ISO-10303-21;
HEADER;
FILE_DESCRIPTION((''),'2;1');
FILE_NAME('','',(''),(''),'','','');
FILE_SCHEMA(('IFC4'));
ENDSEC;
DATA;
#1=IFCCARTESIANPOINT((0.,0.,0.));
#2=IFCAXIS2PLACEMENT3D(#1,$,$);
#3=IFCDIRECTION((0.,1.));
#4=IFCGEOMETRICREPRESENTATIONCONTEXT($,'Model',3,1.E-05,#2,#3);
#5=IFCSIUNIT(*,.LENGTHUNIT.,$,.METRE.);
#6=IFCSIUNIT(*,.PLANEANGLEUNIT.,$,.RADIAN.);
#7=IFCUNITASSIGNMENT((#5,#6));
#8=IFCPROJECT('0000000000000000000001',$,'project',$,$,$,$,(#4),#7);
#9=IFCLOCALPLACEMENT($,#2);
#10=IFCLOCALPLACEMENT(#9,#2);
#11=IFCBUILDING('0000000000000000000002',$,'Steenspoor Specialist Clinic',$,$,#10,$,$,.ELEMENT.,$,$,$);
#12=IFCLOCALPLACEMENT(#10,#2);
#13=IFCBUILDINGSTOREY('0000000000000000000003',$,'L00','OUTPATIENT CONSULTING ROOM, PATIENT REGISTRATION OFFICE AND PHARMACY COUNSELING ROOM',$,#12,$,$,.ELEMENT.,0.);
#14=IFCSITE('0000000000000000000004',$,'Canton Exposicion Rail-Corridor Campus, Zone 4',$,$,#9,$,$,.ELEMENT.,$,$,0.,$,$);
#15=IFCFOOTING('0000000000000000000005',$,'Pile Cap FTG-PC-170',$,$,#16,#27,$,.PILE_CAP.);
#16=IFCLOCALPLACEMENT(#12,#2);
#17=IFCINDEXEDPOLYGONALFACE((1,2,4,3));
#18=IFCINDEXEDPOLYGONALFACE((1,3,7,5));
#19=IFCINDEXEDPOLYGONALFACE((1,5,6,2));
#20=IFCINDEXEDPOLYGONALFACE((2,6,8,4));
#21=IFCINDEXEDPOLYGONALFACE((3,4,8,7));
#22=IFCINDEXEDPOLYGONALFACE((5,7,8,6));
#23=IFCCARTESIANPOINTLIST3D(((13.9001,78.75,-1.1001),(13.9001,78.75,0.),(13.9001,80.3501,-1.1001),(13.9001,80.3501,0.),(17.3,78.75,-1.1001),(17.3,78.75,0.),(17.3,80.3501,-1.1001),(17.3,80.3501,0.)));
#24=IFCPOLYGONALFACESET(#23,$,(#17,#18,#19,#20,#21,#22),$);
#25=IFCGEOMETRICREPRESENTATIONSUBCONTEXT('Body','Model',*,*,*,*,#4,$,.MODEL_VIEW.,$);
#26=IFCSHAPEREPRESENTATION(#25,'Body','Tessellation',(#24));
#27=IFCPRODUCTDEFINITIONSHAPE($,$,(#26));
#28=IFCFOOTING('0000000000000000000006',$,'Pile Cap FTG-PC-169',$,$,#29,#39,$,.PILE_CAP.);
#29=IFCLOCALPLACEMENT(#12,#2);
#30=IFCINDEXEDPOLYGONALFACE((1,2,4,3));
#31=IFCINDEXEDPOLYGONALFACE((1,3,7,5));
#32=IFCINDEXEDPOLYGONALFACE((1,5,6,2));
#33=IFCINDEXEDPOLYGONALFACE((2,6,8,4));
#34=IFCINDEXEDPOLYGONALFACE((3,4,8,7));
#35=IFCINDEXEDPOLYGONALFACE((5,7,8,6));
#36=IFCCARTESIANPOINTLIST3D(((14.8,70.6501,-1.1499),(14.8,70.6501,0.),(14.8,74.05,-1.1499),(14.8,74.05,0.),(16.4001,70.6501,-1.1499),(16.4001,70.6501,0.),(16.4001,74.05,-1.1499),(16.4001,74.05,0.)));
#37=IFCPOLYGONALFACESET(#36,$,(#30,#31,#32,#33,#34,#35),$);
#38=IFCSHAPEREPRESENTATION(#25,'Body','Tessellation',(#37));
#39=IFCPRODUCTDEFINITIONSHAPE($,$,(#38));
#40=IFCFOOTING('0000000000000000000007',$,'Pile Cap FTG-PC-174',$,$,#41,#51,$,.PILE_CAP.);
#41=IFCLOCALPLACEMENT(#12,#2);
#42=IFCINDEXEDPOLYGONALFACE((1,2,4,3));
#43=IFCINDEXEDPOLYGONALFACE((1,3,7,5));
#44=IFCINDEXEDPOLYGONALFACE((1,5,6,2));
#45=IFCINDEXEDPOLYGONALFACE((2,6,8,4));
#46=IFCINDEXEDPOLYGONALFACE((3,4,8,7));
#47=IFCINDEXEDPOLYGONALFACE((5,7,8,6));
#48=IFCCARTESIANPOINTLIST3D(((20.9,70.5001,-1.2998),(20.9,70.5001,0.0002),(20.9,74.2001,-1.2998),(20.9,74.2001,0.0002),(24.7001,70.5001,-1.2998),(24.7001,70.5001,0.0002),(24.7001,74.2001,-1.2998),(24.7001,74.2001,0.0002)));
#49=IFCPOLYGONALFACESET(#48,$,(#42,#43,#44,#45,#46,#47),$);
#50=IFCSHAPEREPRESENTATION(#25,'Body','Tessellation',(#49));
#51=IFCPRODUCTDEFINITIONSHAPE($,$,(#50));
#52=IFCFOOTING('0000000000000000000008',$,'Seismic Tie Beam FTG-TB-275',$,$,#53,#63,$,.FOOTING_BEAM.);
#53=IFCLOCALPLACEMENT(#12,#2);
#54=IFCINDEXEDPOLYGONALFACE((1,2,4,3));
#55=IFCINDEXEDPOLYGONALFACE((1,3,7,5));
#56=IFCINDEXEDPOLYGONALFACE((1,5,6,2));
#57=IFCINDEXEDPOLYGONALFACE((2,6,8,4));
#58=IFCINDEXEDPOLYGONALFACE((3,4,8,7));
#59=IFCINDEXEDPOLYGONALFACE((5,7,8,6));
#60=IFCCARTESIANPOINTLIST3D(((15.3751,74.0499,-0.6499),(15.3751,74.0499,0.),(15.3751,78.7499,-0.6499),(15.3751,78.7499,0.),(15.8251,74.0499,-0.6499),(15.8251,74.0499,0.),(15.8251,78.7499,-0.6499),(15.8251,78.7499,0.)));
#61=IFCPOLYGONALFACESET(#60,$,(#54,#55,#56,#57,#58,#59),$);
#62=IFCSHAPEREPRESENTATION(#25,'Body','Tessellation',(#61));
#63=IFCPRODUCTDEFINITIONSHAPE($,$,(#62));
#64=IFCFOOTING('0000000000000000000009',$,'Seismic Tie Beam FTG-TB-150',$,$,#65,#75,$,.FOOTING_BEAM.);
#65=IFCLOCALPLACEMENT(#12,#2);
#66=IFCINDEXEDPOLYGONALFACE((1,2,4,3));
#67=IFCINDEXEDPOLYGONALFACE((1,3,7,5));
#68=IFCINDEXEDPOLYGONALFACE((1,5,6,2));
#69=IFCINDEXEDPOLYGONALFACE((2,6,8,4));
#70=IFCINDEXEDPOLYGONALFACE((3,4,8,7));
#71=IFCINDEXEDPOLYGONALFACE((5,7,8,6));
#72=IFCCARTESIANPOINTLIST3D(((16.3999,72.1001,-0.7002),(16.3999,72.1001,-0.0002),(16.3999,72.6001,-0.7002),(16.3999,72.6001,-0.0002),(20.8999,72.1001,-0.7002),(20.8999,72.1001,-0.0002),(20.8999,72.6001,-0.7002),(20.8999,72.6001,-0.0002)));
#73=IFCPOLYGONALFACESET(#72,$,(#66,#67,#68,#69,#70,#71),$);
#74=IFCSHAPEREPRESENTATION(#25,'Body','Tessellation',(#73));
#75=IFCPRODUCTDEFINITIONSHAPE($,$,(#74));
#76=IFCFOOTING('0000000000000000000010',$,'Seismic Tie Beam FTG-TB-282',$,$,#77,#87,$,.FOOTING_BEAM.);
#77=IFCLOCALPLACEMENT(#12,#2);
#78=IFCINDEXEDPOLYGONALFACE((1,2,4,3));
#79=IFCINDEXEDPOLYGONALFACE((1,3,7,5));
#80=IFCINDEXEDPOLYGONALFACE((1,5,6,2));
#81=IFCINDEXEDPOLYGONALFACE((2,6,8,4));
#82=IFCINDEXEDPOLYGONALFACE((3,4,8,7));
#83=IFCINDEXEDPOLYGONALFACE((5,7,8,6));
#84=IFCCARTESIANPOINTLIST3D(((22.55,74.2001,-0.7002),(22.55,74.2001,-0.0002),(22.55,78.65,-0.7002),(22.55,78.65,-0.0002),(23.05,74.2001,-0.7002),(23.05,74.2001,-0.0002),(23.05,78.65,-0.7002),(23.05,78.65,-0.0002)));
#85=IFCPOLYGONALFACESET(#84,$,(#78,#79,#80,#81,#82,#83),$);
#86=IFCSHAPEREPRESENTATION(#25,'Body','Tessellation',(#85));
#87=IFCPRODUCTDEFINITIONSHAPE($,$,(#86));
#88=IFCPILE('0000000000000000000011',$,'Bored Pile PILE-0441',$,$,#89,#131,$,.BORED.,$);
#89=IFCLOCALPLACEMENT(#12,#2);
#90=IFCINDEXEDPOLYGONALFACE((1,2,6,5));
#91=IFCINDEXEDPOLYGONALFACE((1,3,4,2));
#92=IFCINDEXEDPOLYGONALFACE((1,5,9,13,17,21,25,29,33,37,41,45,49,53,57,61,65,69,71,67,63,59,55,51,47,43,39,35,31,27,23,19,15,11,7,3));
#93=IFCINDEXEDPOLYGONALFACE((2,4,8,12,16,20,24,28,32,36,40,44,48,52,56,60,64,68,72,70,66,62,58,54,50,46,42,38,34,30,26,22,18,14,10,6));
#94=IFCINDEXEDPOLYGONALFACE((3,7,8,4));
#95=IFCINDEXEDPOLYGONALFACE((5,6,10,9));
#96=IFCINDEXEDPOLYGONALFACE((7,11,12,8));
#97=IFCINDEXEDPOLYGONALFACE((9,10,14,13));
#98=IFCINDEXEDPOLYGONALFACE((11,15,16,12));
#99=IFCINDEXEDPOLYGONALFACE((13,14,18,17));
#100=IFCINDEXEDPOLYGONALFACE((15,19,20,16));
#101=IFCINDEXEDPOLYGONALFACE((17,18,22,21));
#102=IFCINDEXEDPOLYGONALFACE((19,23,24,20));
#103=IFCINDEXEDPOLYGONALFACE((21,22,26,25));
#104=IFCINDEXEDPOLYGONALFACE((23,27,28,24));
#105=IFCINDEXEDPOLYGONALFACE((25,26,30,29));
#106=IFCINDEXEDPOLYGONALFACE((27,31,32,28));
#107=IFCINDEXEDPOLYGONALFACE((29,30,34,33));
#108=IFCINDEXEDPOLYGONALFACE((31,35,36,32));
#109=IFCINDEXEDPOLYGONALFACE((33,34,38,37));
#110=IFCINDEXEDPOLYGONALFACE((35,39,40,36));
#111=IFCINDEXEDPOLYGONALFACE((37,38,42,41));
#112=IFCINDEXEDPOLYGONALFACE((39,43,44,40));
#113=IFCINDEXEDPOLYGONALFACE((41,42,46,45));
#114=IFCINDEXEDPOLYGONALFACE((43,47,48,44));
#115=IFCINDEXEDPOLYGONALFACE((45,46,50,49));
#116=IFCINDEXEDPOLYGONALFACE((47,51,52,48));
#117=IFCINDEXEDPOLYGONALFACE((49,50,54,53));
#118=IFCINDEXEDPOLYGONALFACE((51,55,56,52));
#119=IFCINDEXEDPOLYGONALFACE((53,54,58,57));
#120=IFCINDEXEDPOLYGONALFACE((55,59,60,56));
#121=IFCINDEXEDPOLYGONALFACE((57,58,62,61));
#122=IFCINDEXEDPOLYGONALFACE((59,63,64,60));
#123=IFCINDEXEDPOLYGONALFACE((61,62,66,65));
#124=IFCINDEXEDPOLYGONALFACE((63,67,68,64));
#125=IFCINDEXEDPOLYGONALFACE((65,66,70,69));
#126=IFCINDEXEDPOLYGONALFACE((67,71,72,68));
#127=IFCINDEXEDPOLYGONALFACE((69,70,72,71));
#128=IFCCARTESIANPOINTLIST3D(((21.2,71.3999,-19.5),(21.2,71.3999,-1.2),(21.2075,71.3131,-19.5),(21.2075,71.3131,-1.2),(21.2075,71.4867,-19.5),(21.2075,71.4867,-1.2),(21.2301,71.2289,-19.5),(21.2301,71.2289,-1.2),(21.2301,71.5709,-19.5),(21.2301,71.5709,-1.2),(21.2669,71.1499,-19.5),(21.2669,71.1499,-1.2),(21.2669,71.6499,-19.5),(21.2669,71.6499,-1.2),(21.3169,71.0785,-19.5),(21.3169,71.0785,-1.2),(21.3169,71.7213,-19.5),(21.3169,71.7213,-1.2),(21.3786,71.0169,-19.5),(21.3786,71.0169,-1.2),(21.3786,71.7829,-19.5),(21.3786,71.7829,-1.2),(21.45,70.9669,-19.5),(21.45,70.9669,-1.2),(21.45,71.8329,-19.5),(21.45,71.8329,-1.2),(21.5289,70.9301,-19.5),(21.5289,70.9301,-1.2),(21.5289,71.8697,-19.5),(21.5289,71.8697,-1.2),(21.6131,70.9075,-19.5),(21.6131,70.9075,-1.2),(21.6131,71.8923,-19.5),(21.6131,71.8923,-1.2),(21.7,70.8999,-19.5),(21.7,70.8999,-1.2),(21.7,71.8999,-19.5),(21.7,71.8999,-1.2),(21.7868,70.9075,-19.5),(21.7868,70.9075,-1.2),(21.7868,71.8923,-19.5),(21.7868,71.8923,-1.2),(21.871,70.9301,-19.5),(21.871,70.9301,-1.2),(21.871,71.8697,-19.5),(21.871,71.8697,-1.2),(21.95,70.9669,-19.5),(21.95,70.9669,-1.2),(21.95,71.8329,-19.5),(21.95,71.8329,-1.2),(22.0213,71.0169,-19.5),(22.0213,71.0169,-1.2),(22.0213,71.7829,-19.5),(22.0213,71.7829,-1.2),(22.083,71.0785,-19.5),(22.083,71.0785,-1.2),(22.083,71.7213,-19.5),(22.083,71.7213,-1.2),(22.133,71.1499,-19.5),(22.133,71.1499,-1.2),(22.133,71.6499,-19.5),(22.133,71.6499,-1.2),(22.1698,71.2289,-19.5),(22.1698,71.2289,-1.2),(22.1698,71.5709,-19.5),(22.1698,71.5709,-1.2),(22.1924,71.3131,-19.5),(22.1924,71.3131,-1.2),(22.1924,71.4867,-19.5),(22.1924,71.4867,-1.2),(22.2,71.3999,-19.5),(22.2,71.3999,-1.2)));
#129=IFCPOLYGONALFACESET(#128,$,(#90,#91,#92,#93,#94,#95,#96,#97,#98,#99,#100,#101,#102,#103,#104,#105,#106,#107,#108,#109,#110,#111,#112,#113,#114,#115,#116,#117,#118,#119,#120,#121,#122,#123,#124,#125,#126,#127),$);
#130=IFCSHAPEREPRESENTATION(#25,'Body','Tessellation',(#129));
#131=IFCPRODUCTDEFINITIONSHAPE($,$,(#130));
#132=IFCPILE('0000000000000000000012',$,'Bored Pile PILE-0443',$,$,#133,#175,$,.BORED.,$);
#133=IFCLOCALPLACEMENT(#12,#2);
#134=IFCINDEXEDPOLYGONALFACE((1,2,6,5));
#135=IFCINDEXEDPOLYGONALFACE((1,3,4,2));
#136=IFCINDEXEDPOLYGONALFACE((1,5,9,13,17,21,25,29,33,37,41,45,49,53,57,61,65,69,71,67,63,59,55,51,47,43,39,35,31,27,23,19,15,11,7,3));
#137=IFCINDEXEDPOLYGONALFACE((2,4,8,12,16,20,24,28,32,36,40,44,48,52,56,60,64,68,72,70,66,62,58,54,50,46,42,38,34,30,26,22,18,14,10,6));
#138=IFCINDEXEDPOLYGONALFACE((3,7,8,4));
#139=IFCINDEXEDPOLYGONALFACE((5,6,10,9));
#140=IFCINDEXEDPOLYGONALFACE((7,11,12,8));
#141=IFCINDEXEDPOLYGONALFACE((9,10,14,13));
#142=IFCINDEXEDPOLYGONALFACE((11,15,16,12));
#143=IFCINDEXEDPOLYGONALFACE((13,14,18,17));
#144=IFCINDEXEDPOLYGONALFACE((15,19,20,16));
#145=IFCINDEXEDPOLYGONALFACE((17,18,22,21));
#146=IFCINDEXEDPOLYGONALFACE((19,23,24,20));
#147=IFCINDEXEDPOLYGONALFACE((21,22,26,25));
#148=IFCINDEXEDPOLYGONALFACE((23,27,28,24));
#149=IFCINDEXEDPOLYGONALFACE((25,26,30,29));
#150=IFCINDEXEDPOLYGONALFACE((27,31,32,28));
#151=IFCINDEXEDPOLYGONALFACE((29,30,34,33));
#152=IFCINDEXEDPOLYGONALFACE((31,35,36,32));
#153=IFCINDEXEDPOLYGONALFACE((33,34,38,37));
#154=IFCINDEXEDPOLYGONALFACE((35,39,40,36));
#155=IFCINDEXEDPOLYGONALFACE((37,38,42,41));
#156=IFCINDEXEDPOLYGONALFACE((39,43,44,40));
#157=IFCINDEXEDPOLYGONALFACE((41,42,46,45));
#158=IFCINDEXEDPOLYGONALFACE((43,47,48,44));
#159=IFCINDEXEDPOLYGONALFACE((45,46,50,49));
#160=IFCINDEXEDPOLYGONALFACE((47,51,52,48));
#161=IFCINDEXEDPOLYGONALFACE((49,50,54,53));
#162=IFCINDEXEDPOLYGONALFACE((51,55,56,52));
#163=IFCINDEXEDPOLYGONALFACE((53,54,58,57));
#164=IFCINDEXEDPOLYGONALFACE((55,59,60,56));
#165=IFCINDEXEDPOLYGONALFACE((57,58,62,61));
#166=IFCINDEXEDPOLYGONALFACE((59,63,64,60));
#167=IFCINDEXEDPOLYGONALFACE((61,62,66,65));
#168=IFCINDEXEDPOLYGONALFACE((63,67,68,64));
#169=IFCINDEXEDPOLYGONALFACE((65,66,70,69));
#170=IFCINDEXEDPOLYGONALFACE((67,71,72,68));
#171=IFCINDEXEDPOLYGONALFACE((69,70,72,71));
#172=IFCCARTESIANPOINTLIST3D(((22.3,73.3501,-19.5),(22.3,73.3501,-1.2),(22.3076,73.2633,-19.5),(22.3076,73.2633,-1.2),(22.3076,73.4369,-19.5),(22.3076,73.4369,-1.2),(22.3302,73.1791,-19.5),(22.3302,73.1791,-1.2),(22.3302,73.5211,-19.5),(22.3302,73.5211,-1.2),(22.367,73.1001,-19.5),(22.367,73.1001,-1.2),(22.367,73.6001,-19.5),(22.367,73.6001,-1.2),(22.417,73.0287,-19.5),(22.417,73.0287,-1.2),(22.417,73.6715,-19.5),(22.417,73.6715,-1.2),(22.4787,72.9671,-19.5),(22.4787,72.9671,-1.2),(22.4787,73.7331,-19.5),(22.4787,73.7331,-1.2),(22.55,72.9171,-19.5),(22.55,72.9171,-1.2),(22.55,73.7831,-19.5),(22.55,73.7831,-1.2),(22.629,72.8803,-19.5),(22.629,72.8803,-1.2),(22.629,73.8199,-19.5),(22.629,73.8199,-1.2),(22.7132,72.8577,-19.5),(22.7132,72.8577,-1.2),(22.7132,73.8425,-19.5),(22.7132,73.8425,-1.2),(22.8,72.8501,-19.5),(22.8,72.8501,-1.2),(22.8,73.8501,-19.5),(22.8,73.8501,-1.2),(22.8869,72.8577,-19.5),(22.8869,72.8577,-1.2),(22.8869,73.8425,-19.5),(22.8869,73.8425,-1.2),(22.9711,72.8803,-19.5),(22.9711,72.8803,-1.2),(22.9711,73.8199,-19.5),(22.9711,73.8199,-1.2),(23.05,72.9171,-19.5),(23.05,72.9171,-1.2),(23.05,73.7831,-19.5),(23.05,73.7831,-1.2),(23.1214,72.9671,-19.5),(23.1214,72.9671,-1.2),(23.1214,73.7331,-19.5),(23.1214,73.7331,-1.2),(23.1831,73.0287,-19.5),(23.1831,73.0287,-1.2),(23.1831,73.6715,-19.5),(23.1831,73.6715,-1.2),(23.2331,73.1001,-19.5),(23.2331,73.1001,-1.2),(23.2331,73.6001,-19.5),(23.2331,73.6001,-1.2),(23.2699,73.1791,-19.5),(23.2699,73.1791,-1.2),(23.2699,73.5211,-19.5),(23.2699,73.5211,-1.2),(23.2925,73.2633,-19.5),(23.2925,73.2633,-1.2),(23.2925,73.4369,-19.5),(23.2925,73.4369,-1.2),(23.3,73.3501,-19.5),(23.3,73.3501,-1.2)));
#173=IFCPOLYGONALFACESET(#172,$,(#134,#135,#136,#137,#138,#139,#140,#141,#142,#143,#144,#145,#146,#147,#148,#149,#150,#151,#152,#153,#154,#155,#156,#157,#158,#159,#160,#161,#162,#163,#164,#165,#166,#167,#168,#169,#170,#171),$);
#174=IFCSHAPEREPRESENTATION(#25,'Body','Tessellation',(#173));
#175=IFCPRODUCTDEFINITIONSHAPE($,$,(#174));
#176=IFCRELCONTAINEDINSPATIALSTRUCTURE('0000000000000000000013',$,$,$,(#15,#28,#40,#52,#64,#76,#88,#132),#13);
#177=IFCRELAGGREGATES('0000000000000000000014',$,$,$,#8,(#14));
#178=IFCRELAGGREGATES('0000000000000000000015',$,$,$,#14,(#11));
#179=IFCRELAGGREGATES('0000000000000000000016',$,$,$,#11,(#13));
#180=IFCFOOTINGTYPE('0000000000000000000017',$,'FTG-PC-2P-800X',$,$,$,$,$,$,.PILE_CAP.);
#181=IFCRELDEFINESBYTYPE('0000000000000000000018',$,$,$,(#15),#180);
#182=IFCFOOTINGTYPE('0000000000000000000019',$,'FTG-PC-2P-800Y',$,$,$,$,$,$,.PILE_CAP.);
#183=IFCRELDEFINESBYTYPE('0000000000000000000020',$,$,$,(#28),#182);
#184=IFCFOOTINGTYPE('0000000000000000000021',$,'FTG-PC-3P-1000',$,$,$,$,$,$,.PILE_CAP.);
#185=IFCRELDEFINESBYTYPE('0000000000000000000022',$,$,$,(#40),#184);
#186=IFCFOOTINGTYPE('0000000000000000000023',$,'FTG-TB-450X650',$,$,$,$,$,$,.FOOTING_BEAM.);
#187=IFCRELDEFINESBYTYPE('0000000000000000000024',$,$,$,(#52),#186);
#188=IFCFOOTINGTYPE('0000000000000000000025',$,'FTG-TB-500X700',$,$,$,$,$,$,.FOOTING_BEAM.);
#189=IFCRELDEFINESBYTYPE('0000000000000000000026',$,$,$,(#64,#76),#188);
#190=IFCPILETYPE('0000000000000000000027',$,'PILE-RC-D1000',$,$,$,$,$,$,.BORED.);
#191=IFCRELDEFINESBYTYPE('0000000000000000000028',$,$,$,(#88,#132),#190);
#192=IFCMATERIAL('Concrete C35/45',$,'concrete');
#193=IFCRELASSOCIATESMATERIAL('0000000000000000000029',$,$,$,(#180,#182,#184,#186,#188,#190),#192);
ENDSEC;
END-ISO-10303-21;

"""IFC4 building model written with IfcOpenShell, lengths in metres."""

from ifc_helpers import new_model, si_unit, direction, frame, origin, origin_2d, place, context, subcontext, project, spatial, rectangle, circle, extrude, material, material_profile, profile_set, type_object, element, save


model = new_model("IFC4")

# Units and contexts
model_context = context("Model", 3, precision=1e-05, world=origin(), true_north=direction((0.0, 1.0)))
body_context = subcontext(model_context, "Body", "Model", "MODEL_VIEW")
ifc_project = project(units=[si_unit("LENGTHUNIT", "METRE"), si_unit("PLANEANGLEUNIT", "RADIAN")], contexts=[model_context])

# Site, building, storey
site_placement = place(None, origin())
site = spatial("IfcSite", under=ifc_project, at=site_placement, Name="Canton Exposicion Rail-Corridor Campus, Zone 4", CompositionType="ELEMENT", RefElevation=0.0)
building_placement = place(site_placement, origin())
building = spatial("IfcBuilding", under=site, at=building_placement, Name="Steenspoor Specialist Clinic", CompositionType="ELEMENT")
storey_placement = place(building_placement, origin())
storey = spatial("IfcBuildingStorey", under=building, at=storey_placement, Name="L00", Description="OUTPATIENT CONSULTING ROOM, PATIENT REGISTRATION OFFICE AND PHARMACY COUNSELING ROOM", CompositionType="ELEMENT", Elevation=0.0)

# Footings
ifc_material_1 = material(Name="Concrete C35/45", Category="concrete")
footing_type_1 = type_object("IfcFootingType", Name="FTG-PC-2P-800X", PredefinedType="PILE_CAP", material=ifc_material_1)
footing_1_placement = place(storey_placement, frame((15.6001, 79.55, -1.1001), z_axis=(0.0, 0.0, 1.0), x_axis=(1.0, 0.0, 0.0)))
element("IfcFooting", 1, at=footing_1_placement, inside=storey, type_object=footing_type_1, Name="Pile Cap FTG-PC-170", PredefinedType="PILE_CAP", context=body_context, shape_type="SweptSolid", body=[
    extrude(rectangle(XDim=3.3999, YDim=1.6001, at=origin_2d()), origin(), (0.0, 0.0, 1.0), 1.1001),
])
footing_type_2 = type_object("IfcFootingType", Name="FTG-PC-2P-800Y", PredefinedType="PILE_CAP", material=ifc_material_1)
footing_2_placement = place(storey_placement, frame((15.6001, 72.3501, -1.1499), z_axis=(0.0, 0.0, 1.0), x_axis=(1.0, 0.0, 0.0)))
element("IfcFooting", 2, at=footing_2_placement, inside=storey, type_object=footing_type_2, Name="Pile Cap FTG-PC-169", PredefinedType="PILE_CAP", context=body_context, shape_type="SweptSolid", body=[
    extrude(rectangle(XDim=1.6001, YDim=3.3999, at=origin_2d()), origin(), (0.0, 0.0, 1.0), 1.1499),
])
footing_type_3 = type_object("IfcFootingType", Name="FTG-PC-3P-1000", PredefinedType="PILE_CAP", material=ifc_material_1)
footing_3_placement = place(storey_placement, frame((22.8, 72.3501, -1.2998), z_axis=(0.0, 0.0, 1.0), x_axis=(1.0, 0.0, 0.0)))
element("IfcFooting", 3, at=footing_3_placement, inside=storey, type_object=footing_type_3, Name="Pile Cap FTG-PC-174", PredefinedType="PILE_CAP", context=body_context, shape_type="SweptSolid", body=[
    extrude(rectangle(XDim=3.8, YDim=3.7, at=origin_2d()), origin(), (0.0, 0.0, 1.0), 1.3),
])
footing_type_4 = type_object("IfcFootingType", Name="FTG-TB-450X650", PredefinedType="FOOTING_BEAM", material=ifc_material_1)
footing_4_placement = place(storey_placement, frame((15.6001, 76.3999, -0.6499), z_axis=(0.0, 0.0, 1.0), x_axis=(1.0, 0.0, 0.0)))
element("IfcFooting", 4, at=footing_4_placement, inside=storey, type_object=footing_type_4, Name="Seismic Tie Beam FTG-TB-275", PredefinedType="FOOTING_BEAM", context=body_context, shape_type="SweptSolid", body=[
    extrude(rectangle(XDim=0.45, YDim=4.7, at=origin_2d()), origin(), (0.0, 0.0, 1.0), 0.6499),
])
footing_type_5 = type_object("IfcFootingType", Name="FTG-TB-500X700", PredefinedType="FOOTING_BEAM", material=ifc_material_1)
footing_5_placement = place(storey_placement, frame((18.6499, 72.3501, -0.7002), z_axis=(0.0, 0.0, 1.0), x_axis=(1.0, 0.0, 0.0)))
element("IfcFooting", 5, at=footing_5_placement, inside=storey, type_object=footing_type_5, Name="Seismic Tie Beam FTG-TB-150", PredefinedType="FOOTING_BEAM", context=body_context, shape_type="SweptSolid", body=[
    extrude(rectangle(XDim=4.5, YDim=0.5, at=origin_2d()), origin(), (0.0, 0.0, 1.0), 0.7),
])
footing_6_placement = place(storey_placement, frame((22.8, 76.425, -0.7002), z_axis=(0.0, 0.0, 1.0), x_axis=(1.0, 0.0, 0.0)))
element("IfcFooting", 6, at=footing_6_placement, inside=storey, type_object=footing_type_5, Name="Seismic Tie Beam FTG-TB-282", PredefinedType="FOOTING_BEAM", context=body_context, shape_type="SweptSolid", body=[
    extrude(rectangle(XDim=0.5, YDim=4.45, at=origin_2d()), origin(), (0.0, 0.0, 1.0), 0.7),
])

# Piles
ifc_material_profile_1 = material_profile(ifc_material_1, circle(Radius=0.5, at=origin_2d()), Name="PILE-D1000")
ifc_profile_set_1 = profile_set([ifc_material_profile_1], Name="Concrete C35/45")
pile_type_1 = type_object("IfcPileType", Name="PILE-RC-D1000", PredefinedType="BORED", material=ifc_profile_set_1)
for number, where, z_axis, x_axis, name in (
    (7, (21.7, 71.3999, -1.2), (0.0, 0.0, -1.0), (1.0, 0.0, 0.0), "Bored Pile PILE-0441"),
    (8, (22.8, 73.3501, -1.2), (0.0, 0.0, -1.0), (1.0, 0.0, 0.0), "Bored Pile PILE-0443"),
):
    element("IfcPile", number, at=place(storey_placement, frame(where, z_axis=z_axis, x_axis=x_axis)), inside=storey, type_object=pile_type_1, Name=name, PredefinedType="BORED", context=body_context, shape_type="SweptSolid", body=[
        extrude(circle(Radius=0.5, at=origin_2d()), origin(), (0.0, 0.0, 1.0), 18.3),
    ])

save(model, "model.ifc")
